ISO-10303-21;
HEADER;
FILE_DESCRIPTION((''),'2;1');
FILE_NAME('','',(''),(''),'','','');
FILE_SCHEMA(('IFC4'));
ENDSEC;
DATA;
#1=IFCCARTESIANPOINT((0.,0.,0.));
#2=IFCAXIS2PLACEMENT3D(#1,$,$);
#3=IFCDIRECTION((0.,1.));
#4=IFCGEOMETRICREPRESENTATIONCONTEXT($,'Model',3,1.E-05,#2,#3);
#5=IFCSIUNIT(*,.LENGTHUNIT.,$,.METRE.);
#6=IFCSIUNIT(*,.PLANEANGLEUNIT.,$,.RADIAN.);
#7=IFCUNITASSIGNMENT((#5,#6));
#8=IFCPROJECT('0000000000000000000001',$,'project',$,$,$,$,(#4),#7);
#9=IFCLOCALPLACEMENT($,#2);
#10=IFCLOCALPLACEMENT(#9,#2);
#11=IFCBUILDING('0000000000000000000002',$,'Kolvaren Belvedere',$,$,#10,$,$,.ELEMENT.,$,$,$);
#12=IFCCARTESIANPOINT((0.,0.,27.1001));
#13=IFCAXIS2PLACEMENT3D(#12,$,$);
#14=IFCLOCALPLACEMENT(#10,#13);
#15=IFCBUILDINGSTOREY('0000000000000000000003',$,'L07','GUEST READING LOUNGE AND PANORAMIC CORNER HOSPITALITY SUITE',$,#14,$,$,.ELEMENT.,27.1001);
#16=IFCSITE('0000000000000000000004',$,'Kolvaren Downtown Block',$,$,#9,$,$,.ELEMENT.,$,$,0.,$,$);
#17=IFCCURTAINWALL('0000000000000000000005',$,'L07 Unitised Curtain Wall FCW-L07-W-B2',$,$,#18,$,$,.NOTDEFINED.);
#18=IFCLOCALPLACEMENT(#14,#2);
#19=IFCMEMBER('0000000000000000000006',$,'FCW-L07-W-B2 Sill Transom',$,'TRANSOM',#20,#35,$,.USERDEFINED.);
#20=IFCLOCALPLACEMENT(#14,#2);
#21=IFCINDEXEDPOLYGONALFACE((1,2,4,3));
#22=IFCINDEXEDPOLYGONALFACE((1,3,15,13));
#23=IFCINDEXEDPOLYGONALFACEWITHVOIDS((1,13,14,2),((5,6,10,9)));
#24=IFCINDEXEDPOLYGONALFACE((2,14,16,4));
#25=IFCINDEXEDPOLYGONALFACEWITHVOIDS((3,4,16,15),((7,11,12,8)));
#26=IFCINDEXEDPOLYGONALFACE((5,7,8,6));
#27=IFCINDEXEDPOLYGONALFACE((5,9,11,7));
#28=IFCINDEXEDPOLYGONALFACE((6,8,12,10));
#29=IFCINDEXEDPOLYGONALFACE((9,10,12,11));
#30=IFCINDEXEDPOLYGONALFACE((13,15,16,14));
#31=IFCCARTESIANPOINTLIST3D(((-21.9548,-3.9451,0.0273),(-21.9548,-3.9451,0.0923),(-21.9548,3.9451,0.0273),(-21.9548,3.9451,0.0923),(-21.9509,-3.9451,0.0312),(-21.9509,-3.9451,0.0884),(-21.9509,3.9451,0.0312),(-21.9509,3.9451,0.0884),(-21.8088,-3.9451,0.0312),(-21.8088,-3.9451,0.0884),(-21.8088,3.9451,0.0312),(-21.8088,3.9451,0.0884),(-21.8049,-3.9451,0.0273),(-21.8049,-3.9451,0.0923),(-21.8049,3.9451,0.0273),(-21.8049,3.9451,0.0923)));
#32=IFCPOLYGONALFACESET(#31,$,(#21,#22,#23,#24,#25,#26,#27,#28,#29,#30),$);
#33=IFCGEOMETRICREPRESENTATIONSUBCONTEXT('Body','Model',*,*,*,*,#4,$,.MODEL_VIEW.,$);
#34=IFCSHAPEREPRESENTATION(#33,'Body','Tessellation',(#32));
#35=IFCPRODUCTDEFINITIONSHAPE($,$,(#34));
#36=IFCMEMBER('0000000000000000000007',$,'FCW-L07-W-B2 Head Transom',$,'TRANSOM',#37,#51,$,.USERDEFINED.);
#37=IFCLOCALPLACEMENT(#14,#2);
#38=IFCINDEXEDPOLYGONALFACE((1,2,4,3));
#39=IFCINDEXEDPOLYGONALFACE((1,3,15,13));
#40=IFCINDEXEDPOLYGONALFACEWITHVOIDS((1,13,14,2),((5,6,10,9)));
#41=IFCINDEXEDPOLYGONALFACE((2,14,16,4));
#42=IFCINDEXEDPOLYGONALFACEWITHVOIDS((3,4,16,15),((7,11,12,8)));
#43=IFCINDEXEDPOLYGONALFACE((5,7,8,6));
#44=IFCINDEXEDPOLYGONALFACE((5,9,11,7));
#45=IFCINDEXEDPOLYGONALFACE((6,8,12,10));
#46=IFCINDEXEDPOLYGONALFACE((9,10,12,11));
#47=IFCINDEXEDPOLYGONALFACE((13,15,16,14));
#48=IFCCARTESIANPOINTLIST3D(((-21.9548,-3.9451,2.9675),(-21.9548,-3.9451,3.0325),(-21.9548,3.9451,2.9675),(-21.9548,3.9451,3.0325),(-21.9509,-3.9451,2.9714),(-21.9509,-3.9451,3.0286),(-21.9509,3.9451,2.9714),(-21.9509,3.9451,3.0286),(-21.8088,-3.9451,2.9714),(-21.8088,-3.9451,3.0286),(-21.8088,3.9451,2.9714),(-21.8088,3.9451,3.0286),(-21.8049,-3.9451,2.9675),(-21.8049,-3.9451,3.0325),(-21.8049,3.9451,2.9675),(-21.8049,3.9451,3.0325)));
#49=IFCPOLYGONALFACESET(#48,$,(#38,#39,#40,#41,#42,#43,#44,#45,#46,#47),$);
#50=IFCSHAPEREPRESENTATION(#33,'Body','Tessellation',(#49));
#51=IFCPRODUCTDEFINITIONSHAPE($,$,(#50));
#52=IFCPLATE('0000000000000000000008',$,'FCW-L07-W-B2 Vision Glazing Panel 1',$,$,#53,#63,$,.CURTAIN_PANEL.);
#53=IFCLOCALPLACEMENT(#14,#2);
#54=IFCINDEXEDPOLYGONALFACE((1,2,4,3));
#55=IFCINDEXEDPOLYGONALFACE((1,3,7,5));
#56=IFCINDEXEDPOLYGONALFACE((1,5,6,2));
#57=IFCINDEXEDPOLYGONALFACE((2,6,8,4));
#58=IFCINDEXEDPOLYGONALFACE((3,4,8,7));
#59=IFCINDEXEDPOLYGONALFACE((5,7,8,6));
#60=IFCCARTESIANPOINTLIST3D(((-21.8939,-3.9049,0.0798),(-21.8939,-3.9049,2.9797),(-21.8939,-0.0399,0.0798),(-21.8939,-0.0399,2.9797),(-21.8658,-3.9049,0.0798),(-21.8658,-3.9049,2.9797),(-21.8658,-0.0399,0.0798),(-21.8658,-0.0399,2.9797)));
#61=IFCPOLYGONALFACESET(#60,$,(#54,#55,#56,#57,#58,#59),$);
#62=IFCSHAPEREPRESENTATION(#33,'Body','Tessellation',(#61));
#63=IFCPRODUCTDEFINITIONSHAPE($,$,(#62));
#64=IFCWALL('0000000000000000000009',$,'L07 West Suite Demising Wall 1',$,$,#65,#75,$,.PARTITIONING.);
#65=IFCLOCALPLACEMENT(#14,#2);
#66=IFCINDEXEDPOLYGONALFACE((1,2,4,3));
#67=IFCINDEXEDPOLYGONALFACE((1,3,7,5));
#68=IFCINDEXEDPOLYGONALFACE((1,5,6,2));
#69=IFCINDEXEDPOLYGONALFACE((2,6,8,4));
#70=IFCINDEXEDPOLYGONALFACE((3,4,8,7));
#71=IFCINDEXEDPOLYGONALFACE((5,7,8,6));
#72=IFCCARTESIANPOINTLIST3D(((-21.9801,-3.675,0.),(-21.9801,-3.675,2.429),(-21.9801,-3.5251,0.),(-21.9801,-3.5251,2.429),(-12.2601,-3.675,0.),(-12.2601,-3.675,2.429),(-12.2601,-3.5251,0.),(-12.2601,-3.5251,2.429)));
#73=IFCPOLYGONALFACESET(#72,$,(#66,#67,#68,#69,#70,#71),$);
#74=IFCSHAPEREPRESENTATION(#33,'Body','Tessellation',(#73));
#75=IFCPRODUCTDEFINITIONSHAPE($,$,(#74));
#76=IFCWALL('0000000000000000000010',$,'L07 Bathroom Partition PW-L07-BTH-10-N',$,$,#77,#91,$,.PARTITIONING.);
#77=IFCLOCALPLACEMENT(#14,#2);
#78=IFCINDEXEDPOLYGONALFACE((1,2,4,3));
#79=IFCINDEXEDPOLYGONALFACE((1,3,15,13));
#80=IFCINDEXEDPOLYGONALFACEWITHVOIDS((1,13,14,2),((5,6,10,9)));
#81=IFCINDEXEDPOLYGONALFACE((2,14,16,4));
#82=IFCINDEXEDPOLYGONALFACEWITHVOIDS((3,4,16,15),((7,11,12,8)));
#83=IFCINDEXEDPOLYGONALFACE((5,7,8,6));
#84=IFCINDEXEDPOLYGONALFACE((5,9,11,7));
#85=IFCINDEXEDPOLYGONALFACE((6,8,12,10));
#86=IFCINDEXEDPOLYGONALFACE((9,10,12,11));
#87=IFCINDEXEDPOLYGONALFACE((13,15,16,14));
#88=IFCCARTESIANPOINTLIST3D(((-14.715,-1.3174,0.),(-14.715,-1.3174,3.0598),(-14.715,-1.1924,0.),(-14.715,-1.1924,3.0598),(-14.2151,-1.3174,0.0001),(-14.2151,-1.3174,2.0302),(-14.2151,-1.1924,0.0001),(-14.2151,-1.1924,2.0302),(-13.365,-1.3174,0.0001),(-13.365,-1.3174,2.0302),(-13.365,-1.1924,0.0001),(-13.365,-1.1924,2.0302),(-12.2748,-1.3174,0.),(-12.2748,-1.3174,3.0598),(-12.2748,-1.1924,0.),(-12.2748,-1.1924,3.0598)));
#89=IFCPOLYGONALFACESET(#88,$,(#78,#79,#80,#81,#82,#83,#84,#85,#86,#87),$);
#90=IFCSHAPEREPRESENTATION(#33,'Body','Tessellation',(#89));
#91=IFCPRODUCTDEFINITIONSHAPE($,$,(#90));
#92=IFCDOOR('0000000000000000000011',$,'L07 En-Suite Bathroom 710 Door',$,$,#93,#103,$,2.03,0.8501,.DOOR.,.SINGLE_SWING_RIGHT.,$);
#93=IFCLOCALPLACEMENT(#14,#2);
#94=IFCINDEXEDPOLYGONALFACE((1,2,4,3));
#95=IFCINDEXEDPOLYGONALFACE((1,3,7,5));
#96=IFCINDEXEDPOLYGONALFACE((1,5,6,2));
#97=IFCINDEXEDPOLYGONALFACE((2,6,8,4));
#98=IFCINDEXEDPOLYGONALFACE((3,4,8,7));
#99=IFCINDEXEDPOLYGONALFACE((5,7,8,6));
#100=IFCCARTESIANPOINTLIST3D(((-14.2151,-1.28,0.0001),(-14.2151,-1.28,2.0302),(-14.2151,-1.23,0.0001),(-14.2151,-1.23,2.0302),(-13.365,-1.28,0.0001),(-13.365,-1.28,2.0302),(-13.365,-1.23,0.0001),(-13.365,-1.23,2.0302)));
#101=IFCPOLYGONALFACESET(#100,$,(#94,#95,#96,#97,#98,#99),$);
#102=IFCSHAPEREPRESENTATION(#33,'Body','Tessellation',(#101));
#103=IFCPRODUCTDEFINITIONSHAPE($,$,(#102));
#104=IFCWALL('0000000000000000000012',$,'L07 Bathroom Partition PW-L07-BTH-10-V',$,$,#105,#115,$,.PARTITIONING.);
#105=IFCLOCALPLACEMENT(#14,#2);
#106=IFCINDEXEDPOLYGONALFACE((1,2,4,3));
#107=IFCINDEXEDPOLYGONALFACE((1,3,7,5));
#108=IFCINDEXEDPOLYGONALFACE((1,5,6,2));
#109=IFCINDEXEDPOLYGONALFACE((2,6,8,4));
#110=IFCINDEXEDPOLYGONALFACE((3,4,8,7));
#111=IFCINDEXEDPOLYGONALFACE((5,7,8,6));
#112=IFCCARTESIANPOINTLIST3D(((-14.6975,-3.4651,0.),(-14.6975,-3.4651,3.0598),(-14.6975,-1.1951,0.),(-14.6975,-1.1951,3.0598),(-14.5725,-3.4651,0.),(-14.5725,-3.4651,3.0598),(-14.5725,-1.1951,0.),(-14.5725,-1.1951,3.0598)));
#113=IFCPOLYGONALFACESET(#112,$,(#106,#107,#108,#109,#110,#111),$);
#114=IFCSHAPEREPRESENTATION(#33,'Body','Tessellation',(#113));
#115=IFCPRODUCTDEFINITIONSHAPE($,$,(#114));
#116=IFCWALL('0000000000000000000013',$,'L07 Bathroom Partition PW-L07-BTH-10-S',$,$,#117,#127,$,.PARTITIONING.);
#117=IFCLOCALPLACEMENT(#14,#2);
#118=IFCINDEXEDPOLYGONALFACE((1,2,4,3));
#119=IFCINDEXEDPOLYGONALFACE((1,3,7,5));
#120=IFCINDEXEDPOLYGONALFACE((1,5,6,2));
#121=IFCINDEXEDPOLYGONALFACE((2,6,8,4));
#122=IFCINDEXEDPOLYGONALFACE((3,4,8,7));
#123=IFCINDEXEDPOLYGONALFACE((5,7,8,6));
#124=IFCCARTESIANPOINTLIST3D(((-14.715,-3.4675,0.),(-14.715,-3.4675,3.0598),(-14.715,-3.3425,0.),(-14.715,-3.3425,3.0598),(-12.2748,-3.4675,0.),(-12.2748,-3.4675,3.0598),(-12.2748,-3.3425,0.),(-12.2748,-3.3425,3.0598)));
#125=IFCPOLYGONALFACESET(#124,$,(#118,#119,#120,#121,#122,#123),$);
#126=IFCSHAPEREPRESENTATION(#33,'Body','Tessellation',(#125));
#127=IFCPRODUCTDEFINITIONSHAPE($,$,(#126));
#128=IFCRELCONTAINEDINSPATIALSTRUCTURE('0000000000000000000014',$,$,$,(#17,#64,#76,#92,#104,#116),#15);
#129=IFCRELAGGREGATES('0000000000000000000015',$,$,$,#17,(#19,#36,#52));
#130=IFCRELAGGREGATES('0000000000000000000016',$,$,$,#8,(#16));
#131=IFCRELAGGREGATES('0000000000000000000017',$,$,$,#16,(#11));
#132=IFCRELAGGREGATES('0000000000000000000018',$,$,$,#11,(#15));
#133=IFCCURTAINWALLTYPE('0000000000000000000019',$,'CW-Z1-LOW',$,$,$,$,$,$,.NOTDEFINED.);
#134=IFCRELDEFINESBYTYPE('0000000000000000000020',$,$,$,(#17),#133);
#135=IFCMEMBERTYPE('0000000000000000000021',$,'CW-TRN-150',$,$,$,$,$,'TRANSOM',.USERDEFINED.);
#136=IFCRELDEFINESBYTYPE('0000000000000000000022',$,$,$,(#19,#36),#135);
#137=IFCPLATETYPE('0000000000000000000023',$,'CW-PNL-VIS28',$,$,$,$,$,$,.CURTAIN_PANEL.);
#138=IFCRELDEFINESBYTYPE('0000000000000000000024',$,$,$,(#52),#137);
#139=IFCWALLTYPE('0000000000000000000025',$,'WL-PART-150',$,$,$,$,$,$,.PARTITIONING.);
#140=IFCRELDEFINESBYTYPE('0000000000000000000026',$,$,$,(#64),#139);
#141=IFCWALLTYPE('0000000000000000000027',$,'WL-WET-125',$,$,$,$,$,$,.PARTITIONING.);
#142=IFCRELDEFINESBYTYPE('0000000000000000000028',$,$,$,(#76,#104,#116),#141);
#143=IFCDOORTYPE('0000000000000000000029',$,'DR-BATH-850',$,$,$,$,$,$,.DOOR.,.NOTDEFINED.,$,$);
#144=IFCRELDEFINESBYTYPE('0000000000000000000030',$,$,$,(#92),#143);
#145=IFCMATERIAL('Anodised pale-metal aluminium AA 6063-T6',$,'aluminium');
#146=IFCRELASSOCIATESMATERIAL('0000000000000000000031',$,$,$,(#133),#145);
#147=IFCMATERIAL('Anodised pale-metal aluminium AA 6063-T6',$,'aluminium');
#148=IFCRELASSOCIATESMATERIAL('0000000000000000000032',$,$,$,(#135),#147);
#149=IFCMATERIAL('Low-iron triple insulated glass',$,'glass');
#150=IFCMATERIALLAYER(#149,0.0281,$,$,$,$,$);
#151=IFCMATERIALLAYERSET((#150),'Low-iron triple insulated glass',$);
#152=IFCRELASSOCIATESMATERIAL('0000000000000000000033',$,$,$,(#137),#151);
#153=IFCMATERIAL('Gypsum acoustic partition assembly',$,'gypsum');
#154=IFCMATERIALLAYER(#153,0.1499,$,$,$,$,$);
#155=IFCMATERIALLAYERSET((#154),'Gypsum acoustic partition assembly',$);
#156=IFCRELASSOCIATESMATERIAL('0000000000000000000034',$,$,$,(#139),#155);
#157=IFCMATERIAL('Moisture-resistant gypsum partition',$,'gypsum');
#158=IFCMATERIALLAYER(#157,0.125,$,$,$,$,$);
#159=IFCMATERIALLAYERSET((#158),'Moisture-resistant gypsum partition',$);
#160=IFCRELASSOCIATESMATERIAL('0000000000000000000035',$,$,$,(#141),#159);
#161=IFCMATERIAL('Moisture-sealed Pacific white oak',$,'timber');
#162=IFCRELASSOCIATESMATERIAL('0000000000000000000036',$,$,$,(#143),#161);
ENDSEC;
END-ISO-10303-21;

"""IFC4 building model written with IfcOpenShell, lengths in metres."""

from ifc_helpers import new_model, si_unit, direction, frame, frame_2d, origin, origin_2d, place, context, subcontext, project, spatial, rectangle, hollow_rectangle, extrude, material, layer, layer_set, material_profile, profile_set, type_object, element, fill, aggregate, save


model = new_model("IFC4")

# Units and contexts
model_context = context("Model", 3, precision=1e-05, world=origin(), true_north=direction((0.0, 1.0)))
body_context = subcontext(model_context, "Body", "Model", "MODEL_VIEW")
ifc_project = project(units=[si_unit("LENGTHUNIT", "METRE"), si_unit("PLANEANGLEUNIT", "RADIAN")], contexts=[model_context])

# Site, building, storey
site_placement = place(None, origin())
site = spatial("IfcSite", under=ifc_project, at=site_placement, Name="Kolvaren Downtown Block", CompositionType="ELEMENT", RefElevation=0.0)
building_placement = place(site_placement, origin())
building = spatial("IfcBuilding", under=site, at=building_placement, Name="Kolvaren Belvedere", CompositionType="ELEMENT")
storey_placement = place(building_placement, frame((0.0, 0.0, 27.1001)))
storey = spatial("IfcBuildingStorey", under=building, at=storey_placement, Name="L07", Description="GUEST READING LOUNGE AND PANORAMIC CORNER HOSPITALITY SUITE", CompositionType="ELEMENT", Elevation=27.1001)

# Curtain wall, members, plate
ifc_material_1 = material(Name="Anodised pale-metal aluminium AA 6063-T6", Category="aluminium")
curtain_wall_type = type_object("IfcCurtainWallType", Name="CW-Z1-LOW", PredefinedType="NOTDEFINED", material=ifc_material_1)
curtain_wall_placement = place(storey_placement, origin())
curtain_wall = element("IfcCurtainWall", 1, at=curtain_wall_placement, inside=storey, type_object=curtain_wall_type, Name="L07 Unitised Curtain Wall FCW-L07-W-B2", PredefinedType="NOTDEFINED")
ifc_material_2 = material(Name="Anodised pale-metal aluminium AA 6063-T6", Category="aluminium")
ifc_material_profile_1 = material_profile(ifc_material_2, hollow_rectangle(XDim=0.0649, YDim=0.1499, WallThickness=0.0039, at=origin_2d()), Name="ALU-TRN-150X65")
ifc_profile_set_1 = profile_set([ifc_material_profile_1], Name="Anodised pale-metal aluminium AA 6063-T6")
member_type_1 = type_object("IfcMemberType", Name="CW-TRN-150", ElementType="TRANSOM", PredefinedType="USERDEFINED", material=ifc_profile_set_1)
member_1_placement = place(storey_placement, frame((-21.8799, -3.9451, 0.0598), z_axis=(0.0, 1.0, 0.0), x_axis=(0.0, 0.0, 1.0)))
member_1 = element("IfcMember", 2, at=member_1_placement, type_object=member_type_1, Name="FCW-L07-W-B2 Sill Transom", ObjectType="TRANSOM", PredefinedType="USERDEFINED", context=body_context, shape_type="SweptSolid", body=[
    extrude(hollow_rectangle(XDim=0.0649, YDim=0.1499, WallThickness=0.0039, at=origin_2d()), origin(), (0.0, 0.0, 1.0), 7.8901),
])
member_2_placement = place(storey_placement, frame((-21.8799, -3.9451, 3.0), z_axis=(0.0, 1.0, 0.0), x_axis=(0.0, 0.0, 1.0)))
member_2 = element("IfcMember", 3, at=member_2_placement, type_object=member_type_1, Name="FCW-L07-W-B2 Head Transom", ObjectType="TRANSOM", PredefinedType="USERDEFINED", context=body_context, shape_type="SweptSolid", body=[
    extrude(hollow_rectangle(XDim=0.0649, YDim=0.1499, WallThickness=0.0039, at=origin_2d()), origin(), (0.0, 0.0, 1.0), 7.8901),
])
ifc_material_3 = material(Name="Low-iron triple insulated glass", Category="glass")
ifc_layer_1 = layer(ifc_material_3, 0.0281)
ifc_layer_set_1 = layer_set([ifc_layer_1], Name="Low-iron triple insulated glass")
plate_type = type_object("IfcPlateType", Name="CW-PNL-VIS28", PredefinedType="CURTAIN_PANEL", material=ifc_layer_set_1)
plate_placement = place(storey_placement, frame((-21.8799, -1.9724, 0.0798), z_axis=(0.0, 0.0, 1.0), x_axis=(0.0, 1.0, 0.0)))
plate = element("IfcPlate", 4, at=plate_placement, type_object=plate_type, Name="FCW-L07-W-B2 Vision Glazing Panel 1", PredefinedType="CURTAIN_PANEL", context=body_context, shape_type="SweptSolid", body=[
    extrude(rectangle(XDim=3.865, YDim=0.0281, at=origin_2d()), origin(), (0.0, 0.0, 1.0), 2.8999),
])
aggregate(curtain_wall, [member_1, member_2, plate])

# Wall
ifc_material_4 = material(Name="Gypsum acoustic partition assembly", Category="gypsum")
ifc_layer_2 = layer(ifc_material_4, 0.1499)
ifc_layer_set_2 = layer_set([ifc_layer_2], Name="Gypsum acoustic partition assembly")
wall_type_1 = type_object("IfcWallType", Name="WL-PART-150", PredefinedType="PARTITIONING", material=ifc_layer_set_2)
wall_1_placement = place(storey_placement, frame((-21.98, -3.6001, 0.0), z_axis=(0.0, 0.0, 1.0), x_axis=(1.0, 0.0, 0.0)))
element("IfcWall", 5, at=wall_1_placement, inside=storey, type_object=wall_type_1, Name="L07 West Suite Demising Wall 1", PredefinedType="PARTITIONING", context=body_context, shape_type="SweptSolid", body=[
    extrude(rectangle(XDim=9.72, YDim=0.1499, at=frame_2d((4.8599, 0.0))), origin(), (0.0, 0.0, 1.0), 2.429),
])

# Wall, opening, door
ifc_material_5 = material(Name="Moisture-resistant gypsum partition", Category="gypsum")
ifc_layer_3 = layer(ifc_material_5, 0.125)
ifc_layer_set_3 = layer_set([ifc_layer_3], Name="Moisture-resistant gypsum partition")
wall_type_2 = type_object("IfcWallType", Name="WL-WET-125", PredefinedType="PARTITIONING", material=ifc_layer_set_3)
wall_2_placement = place(storey_placement, frame((-14.7151, -1.2549, 0.0), z_axis=(0.0, 0.0, 1.0), x_axis=(1.0, 0.0, 0.0)))
wall_2 = element("IfcWall", 6, at=wall_2_placement, inside=storey, type_object=wall_type_2, Name="L07 Bathroom Partition PW-L07-BTH-10-N", PredefinedType="PARTITIONING", context=body_context, shape_type="SweptSolid", body=[
    extrude(rectangle(XDim=2.4402, YDim=0.125, at=frame_2d((1.2202, 0.0))), origin(), (0.0, 0.0, 1.0), 3.0598),
])
opening_placement = place(wall_2_placement, frame((0.5, 0.0, 0.0)))
opening = element("IfcOpeningElement", 7, at=opening_placement, cuts=wall_2, PredefinedType="OPENING", context=body_context, shape_type="SweptSolid", body=[
    extrude(rectangle(XDim=0.8501, YDim=2.03, at=frame_2d((0.425, 1.0151))), frame((0.0, 0.0725, 0.0), z_axis=(0.0, -1.0, 0.0), x_axis=(1.0, 0.0, 0.0)), (0.0, 0.0, 1.0), 0.145),
])
ifc_material_6 = material(Name="Moisture-sealed Pacific white oak", Category="timber")
door_type = type_object("IfcDoorType", Name="DR-BATH-850", OperationType="NOTDEFINED", PredefinedType="DOOR", material=ifc_material_6)
door_placement = place(opening_placement, origin())
door = element("IfcDoor", 8, at=door_placement, inside=storey, type_object=door_type, Name="L07 En-Suite Bathroom 710 Door", OperationType="SINGLE_SWING_RIGHT", OverallHeight=2.03, OverallWidth=0.8501, PredefinedType="DOOR", context=body_context, shape_type="SweptSolid", body=[
    extrude(rectangle(XDim=0.8501, YDim=2.03, at=frame_2d((0.425, 1.0151))), frame((0.0, 0.0249, 0.0), z_axis=(0.0, -1.0, 0.0), x_axis=(1.0, 0.0, 0.0)), (0.0, 0.0, 1.0), 0.05),
])
fill(opening, door)

# Walls
wall_3_placement = place(storey_placement, frame((-14.635, -3.4651, 0.0), z_axis=(0.0, 0.0, 1.0), x_axis=(0.0, 1.0, 0.0)))
element("IfcWall", 9, at=wall_3_placement, inside=storey, type_object=wall_type_2, Name="L07 Bathroom Partition PW-L07-BTH-10-V", PredefinedType="PARTITIONING", context=body_context, shape_type="SweptSolid", body=[
    extrude(rectangle(XDim=2.27, YDim=0.125, at=frame_2d((1.135, 0.0))), origin(), (0.0, 0.0, 1.0), 3.0598),
])
wall_4_placement = place(storey_placement, frame((-14.7151, -3.405, 0.0), z_axis=(0.0, 0.0, 1.0), x_axis=(1.0, 0.0, 0.0)))
element("IfcWall", 10, at=wall_4_placement, inside=storey, type_object=wall_type_2, Name="L07 Bathroom Partition PW-L07-BTH-10-S", PredefinedType="PARTITIONING", context=body_context, shape_type="SweptSolid", body=[
    extrude(rectangle(XDim=2.4402, YDim=0.125, at=frame_2d((1.2202, 0.0))), origin(), (0.0, 0.0, 1.0), 3.0598),
])

save(model, "model.ifc")
